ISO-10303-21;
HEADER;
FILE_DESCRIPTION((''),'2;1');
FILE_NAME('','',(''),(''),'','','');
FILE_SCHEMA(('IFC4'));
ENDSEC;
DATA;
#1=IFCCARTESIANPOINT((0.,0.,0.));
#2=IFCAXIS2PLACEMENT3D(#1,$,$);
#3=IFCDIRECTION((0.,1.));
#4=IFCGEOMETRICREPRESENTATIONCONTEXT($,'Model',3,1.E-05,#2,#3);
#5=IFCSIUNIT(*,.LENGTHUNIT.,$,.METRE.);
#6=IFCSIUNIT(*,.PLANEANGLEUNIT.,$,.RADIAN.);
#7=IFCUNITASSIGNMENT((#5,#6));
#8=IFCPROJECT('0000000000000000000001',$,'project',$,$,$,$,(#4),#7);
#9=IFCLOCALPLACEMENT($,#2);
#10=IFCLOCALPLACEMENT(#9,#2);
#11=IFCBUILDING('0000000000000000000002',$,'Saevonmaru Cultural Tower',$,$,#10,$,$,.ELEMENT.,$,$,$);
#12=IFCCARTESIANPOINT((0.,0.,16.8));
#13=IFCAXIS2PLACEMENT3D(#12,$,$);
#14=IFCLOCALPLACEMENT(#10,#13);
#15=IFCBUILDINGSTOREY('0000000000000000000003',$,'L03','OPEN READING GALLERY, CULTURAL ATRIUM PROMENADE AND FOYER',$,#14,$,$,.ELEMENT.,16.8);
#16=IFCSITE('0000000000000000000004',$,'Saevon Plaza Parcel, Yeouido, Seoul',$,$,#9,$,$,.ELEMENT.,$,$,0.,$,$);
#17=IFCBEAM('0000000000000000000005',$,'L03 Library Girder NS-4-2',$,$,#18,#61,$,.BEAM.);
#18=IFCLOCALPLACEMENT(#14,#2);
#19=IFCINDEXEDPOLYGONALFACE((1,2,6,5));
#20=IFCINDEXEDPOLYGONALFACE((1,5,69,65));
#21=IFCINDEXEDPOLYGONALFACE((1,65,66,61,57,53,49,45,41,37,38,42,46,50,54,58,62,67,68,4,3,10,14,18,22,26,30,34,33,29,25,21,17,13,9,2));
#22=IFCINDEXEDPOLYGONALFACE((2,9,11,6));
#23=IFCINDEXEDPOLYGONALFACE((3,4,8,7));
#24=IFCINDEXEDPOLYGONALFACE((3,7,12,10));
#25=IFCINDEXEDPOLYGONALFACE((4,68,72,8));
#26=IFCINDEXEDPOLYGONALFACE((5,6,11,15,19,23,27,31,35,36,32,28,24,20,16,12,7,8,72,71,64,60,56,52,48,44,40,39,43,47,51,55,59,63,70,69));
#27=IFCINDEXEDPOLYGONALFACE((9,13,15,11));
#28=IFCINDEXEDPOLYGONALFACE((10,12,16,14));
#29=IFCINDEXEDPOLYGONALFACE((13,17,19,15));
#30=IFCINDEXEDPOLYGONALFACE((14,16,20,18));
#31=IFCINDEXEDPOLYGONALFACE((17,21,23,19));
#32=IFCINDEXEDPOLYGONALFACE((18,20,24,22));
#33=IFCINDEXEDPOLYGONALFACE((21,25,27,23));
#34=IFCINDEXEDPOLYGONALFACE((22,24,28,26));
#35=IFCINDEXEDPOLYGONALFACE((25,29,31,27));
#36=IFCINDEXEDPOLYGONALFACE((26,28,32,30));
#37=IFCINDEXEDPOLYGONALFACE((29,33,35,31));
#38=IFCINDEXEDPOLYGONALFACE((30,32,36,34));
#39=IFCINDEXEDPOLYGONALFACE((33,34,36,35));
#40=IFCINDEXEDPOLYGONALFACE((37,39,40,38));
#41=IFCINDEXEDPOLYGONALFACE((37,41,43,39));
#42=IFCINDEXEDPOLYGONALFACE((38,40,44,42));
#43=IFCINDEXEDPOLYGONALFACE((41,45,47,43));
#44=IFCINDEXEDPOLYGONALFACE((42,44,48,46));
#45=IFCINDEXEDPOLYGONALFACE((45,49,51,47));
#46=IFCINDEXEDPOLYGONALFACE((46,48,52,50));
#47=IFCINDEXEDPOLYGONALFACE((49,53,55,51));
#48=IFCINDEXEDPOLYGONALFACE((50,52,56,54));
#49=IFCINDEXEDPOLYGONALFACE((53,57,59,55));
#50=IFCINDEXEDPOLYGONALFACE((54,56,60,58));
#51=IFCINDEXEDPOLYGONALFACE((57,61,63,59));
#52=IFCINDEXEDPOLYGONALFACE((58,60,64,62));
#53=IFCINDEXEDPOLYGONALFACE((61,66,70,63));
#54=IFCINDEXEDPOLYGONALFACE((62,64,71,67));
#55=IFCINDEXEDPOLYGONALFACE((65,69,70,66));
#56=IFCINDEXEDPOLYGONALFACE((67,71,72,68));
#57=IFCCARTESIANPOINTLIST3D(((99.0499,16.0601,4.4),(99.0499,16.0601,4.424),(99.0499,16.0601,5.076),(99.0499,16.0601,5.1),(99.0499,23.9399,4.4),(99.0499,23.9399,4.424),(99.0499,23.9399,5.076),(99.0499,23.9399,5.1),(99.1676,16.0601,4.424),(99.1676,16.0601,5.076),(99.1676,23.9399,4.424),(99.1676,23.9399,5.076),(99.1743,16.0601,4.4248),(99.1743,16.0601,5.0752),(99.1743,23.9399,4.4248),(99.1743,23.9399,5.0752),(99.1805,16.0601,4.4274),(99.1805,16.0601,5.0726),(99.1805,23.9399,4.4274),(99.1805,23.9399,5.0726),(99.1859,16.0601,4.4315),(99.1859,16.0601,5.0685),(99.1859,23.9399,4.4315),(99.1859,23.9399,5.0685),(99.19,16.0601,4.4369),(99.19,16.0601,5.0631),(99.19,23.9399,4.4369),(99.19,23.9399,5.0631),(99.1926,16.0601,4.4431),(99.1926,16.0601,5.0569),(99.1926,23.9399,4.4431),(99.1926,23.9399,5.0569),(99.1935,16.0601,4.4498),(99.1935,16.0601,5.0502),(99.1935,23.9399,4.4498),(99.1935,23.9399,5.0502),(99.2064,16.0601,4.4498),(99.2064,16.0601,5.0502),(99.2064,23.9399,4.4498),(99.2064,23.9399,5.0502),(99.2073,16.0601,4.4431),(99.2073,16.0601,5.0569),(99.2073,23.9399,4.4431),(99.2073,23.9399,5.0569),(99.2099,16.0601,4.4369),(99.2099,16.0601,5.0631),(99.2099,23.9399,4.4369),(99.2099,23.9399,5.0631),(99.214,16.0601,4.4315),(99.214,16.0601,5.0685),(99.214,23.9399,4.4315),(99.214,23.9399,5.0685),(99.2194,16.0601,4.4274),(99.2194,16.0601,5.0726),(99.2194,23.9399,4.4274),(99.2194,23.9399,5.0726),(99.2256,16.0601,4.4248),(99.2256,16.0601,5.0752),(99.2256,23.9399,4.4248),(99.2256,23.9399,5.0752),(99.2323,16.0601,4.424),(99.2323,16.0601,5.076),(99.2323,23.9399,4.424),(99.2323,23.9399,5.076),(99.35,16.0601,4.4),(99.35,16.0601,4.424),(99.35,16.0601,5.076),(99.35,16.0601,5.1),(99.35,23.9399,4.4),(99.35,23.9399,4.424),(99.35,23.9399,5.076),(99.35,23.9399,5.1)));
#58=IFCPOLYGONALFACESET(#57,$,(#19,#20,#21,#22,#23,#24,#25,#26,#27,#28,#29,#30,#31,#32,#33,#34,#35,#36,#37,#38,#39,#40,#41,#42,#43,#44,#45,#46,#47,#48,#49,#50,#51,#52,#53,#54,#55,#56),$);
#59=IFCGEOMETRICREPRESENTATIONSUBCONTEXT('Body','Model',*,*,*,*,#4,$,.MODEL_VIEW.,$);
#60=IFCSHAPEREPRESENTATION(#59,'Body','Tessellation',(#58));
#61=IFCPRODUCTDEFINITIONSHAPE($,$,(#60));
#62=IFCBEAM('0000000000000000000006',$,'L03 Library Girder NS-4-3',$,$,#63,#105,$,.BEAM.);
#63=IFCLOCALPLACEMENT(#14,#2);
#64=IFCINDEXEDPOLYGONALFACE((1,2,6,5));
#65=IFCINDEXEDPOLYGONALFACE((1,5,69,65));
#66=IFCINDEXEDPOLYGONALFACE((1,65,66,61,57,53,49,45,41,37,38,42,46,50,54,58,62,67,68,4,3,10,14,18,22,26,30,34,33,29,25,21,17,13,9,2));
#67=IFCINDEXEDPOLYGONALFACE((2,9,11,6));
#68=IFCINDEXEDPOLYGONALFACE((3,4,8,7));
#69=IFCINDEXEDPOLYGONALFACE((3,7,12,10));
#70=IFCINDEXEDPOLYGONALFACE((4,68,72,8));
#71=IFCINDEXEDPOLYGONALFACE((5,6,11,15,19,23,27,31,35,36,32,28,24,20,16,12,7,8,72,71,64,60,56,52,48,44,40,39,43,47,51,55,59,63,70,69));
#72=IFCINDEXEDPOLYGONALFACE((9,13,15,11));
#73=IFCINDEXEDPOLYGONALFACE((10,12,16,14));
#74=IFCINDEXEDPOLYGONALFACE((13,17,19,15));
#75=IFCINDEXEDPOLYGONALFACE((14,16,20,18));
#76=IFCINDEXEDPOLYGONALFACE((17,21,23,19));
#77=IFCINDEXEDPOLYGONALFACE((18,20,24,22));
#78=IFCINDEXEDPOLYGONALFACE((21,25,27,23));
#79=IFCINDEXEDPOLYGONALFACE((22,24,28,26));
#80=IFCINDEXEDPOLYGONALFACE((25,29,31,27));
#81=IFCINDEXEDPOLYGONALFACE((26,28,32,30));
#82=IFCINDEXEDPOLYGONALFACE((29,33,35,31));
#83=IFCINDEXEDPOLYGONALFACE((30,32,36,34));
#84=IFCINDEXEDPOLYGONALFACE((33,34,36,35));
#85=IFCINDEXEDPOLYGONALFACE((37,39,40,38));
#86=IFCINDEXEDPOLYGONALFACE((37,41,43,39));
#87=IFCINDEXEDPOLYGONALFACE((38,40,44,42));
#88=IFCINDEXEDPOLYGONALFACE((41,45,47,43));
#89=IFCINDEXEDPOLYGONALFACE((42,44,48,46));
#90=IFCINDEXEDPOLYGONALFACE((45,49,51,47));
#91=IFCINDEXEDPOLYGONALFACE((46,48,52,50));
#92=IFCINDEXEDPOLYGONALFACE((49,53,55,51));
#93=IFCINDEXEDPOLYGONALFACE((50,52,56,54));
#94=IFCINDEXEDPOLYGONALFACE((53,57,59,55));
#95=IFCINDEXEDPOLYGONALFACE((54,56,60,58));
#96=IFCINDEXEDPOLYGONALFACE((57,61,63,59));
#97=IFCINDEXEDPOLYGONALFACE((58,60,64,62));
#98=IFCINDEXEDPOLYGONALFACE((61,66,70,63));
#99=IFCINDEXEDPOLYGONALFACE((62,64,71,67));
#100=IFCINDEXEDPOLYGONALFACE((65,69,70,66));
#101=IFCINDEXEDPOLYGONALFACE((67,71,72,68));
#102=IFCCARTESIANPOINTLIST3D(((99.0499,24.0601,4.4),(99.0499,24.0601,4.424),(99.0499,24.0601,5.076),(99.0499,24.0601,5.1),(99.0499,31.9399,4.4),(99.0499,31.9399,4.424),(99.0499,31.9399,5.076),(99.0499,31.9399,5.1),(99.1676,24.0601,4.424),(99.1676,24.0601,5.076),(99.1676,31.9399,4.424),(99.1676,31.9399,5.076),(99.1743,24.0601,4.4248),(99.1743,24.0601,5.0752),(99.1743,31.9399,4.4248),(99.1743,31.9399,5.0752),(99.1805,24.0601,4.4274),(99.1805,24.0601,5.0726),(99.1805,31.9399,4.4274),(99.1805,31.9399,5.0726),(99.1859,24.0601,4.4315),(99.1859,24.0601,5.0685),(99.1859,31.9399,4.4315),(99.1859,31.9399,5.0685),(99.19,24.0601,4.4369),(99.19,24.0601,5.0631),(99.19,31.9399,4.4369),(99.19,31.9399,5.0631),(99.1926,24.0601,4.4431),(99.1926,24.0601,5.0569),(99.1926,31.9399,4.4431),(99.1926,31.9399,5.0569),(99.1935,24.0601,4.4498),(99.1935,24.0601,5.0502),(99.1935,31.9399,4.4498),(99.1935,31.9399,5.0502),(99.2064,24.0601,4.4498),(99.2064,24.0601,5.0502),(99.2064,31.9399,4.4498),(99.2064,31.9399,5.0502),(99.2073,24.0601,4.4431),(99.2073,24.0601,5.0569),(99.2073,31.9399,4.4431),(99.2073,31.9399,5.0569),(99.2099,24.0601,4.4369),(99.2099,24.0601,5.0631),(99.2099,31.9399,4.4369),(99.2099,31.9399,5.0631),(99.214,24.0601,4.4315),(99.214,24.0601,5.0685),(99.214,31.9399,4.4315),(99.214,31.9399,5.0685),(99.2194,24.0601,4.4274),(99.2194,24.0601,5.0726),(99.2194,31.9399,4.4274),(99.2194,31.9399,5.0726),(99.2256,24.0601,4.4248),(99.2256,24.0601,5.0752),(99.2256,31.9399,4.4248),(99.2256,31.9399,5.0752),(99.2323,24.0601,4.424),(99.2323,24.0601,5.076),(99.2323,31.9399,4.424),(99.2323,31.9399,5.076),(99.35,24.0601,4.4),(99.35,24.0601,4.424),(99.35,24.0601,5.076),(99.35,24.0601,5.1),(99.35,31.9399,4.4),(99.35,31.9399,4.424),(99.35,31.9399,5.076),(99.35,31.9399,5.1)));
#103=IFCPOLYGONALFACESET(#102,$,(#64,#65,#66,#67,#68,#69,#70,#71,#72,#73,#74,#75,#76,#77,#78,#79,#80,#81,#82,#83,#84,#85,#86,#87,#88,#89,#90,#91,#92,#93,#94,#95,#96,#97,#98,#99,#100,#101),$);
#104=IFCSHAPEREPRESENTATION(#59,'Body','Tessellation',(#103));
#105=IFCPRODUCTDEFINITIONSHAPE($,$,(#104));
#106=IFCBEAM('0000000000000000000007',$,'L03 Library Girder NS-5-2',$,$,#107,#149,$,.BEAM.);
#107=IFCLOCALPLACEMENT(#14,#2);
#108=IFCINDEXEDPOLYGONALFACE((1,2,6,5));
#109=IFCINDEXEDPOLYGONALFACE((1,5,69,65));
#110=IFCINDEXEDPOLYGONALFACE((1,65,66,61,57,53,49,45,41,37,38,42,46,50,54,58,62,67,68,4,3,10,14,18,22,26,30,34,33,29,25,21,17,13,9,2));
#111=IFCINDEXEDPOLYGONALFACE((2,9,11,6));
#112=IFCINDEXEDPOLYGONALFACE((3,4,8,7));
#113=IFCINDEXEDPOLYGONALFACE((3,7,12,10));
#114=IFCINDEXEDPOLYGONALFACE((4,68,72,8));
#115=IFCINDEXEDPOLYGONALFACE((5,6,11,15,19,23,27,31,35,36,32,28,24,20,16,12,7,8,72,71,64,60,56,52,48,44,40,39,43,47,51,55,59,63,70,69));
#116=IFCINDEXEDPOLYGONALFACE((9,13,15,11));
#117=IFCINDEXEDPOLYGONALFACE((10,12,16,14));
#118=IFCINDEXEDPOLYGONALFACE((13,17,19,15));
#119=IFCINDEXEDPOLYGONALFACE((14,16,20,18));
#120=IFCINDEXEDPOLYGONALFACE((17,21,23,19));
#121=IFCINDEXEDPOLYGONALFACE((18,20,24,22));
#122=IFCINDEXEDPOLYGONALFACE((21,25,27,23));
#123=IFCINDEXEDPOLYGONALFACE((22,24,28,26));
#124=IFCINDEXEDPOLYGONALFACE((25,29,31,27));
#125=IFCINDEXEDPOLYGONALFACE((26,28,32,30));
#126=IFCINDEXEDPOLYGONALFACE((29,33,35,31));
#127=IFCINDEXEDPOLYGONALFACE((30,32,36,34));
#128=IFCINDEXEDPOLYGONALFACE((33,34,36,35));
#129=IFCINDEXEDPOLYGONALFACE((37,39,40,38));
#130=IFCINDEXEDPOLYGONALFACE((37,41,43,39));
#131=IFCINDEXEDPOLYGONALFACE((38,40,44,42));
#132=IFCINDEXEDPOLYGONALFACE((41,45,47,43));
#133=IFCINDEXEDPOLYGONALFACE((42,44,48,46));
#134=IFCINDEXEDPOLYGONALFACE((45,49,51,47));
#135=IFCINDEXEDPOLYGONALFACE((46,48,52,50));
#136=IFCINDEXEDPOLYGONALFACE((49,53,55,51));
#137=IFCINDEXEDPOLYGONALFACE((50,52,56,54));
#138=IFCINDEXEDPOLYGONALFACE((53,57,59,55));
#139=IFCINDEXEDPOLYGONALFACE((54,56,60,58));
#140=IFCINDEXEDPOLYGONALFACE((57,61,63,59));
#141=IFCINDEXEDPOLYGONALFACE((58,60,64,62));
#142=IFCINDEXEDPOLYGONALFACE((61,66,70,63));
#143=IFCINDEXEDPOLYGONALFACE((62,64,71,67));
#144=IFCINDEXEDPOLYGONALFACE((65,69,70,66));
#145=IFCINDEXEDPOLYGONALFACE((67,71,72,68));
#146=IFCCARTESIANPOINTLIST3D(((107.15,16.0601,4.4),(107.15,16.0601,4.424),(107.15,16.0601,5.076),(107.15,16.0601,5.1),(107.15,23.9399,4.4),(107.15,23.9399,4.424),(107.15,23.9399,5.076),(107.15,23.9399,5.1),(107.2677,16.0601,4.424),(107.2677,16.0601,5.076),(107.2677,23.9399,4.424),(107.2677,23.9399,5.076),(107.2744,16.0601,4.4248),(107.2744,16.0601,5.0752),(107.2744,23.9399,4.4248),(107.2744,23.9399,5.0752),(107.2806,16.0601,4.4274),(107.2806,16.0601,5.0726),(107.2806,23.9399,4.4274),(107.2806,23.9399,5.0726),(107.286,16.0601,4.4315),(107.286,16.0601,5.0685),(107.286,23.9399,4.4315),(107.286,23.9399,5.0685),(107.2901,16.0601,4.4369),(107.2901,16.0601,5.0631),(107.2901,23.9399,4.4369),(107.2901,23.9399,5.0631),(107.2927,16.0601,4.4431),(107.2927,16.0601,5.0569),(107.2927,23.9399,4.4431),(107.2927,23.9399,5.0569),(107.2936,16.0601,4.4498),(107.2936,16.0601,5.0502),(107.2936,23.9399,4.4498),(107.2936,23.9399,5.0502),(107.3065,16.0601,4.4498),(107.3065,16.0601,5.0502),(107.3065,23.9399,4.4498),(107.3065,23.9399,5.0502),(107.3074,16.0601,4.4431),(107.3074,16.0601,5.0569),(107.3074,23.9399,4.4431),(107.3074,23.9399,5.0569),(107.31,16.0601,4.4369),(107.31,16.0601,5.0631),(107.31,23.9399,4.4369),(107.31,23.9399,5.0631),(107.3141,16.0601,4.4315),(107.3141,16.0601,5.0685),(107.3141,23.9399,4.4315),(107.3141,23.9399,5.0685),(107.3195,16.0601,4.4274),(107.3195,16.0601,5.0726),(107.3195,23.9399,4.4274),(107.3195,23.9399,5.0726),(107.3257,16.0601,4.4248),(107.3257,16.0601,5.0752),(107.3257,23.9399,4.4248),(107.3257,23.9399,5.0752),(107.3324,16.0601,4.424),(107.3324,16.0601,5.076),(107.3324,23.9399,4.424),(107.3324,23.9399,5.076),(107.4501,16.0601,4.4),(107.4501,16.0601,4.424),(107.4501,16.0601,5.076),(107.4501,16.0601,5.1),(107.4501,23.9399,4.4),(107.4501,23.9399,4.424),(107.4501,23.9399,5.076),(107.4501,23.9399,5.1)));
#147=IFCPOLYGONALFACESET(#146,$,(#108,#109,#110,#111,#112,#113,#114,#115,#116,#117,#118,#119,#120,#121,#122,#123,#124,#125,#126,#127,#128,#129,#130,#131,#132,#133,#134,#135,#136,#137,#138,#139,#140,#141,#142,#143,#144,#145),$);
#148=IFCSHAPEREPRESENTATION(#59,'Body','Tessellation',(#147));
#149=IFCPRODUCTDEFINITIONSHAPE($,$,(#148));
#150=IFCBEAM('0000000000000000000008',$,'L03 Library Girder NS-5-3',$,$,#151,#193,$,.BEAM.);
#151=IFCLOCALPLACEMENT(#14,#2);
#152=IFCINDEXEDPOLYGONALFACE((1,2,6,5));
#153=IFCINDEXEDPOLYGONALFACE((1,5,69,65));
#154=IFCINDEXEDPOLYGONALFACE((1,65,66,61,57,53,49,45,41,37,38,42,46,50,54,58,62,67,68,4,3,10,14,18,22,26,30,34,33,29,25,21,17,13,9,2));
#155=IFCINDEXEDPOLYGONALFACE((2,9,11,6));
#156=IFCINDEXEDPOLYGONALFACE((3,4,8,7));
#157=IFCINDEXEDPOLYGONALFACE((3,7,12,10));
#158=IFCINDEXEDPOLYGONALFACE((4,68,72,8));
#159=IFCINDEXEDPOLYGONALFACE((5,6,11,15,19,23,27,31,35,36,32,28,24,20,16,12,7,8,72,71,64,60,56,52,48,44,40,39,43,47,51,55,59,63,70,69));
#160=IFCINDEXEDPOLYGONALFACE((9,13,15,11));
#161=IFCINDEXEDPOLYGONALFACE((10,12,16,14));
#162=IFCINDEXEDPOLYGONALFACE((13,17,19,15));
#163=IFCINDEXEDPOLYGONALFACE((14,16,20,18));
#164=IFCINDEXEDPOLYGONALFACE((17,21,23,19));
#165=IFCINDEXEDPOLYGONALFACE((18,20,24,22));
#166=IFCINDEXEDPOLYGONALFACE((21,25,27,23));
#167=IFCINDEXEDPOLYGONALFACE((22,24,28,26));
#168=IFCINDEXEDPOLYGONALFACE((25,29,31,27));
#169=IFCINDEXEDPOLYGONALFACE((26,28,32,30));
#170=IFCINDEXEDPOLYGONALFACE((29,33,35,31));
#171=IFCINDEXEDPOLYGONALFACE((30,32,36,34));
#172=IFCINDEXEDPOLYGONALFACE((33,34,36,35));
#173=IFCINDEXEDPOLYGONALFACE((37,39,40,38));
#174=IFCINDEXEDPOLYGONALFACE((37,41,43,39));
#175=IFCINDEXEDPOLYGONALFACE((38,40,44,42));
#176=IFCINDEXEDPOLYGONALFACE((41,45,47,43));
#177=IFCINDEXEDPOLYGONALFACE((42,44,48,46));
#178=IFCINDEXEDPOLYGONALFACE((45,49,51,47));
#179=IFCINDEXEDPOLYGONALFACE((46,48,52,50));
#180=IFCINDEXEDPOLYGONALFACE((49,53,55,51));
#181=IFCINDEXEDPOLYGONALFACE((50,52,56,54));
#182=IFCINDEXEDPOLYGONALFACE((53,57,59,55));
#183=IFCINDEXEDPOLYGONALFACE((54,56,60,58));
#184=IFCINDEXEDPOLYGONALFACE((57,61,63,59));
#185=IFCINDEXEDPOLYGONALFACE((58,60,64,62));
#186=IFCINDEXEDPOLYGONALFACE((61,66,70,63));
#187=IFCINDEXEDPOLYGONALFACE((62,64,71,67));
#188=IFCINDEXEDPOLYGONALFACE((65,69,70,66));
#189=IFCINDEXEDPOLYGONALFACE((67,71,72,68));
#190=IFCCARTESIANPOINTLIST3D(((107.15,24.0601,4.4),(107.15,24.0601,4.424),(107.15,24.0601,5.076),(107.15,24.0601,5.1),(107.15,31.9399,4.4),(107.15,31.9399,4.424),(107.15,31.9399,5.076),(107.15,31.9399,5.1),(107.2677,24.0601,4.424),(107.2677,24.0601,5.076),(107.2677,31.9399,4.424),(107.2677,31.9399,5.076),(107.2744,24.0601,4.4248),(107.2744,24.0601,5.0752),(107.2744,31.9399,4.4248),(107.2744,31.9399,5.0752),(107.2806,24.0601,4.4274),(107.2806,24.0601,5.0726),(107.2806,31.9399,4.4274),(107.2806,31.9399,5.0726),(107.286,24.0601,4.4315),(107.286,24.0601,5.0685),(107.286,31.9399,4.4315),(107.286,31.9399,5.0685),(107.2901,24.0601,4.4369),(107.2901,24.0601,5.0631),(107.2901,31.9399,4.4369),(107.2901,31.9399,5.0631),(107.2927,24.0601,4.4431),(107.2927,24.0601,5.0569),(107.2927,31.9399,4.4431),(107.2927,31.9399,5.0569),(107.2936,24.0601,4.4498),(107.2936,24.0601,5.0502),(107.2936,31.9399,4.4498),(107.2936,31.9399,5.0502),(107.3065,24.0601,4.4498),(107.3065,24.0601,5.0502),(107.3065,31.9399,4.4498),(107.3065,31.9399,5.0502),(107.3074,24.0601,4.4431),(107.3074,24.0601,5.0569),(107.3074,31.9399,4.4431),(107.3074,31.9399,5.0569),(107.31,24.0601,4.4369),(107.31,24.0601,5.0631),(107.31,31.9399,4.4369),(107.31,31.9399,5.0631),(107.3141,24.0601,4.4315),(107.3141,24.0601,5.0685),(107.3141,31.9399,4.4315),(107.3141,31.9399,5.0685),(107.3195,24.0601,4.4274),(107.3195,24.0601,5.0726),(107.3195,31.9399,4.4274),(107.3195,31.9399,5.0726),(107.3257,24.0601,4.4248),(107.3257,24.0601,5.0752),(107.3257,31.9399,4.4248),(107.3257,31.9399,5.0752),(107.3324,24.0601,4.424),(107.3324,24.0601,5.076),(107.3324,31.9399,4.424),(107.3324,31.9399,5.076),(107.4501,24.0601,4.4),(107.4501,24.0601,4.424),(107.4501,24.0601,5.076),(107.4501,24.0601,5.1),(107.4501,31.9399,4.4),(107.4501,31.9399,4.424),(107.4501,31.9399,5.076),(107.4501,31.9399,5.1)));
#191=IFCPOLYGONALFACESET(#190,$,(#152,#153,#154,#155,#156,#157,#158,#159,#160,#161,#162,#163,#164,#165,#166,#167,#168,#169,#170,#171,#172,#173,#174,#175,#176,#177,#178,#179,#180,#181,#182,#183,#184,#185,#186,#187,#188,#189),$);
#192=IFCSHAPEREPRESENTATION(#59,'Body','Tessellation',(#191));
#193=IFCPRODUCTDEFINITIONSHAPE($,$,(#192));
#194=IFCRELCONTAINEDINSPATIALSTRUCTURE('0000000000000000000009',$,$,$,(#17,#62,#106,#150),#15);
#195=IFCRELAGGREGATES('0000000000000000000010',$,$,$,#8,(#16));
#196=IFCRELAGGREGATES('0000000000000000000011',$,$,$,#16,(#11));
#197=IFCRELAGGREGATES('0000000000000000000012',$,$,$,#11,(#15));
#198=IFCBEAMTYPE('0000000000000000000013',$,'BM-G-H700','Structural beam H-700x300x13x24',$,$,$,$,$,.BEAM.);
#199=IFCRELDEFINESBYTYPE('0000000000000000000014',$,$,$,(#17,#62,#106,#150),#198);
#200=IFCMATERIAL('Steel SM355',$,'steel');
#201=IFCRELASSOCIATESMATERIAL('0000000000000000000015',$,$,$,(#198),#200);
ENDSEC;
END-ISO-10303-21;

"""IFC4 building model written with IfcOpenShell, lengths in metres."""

from ifc_helpers import new_model, si_unit, direction, frame, origin, origin_2d, place, context, subcontext, project, spatial, i_section, extrude, material, material_profile, profile_set, type_object, element, save


model = new_model("IFC4")

# Units and contexts
model_context = context("Model", 3, precision=1e-05, world=origin(), true_north=direction((0.0, 1.0)))
body_context = subcontext(model_context, "Body", "Model", "MODEL_VIEW")
ifc_project = project(units=[si_unit("LENGTHUNIT", "METRE"), si_unit("PLANEANGLEUNIT", "RADIAN")], contexts=[model_context])

# Site, building, storey
site_placement = place(None, origin())
site = spatial("IfcSite", under=ifc_project, at=site_placement, Name="Saevon Plaza Parcel, Yeouido, Seoul", CompositionType="ELEMENT", RefElevation=0.0)
building_placement = place(site_placement, origin())
building = spatial("IfcBuilding", under=site, at=building_placement, Name="Saevonmaru Cultural Tower", CompositionType="ELEMENT")
storey_placement = place(building_placement, frame((0.0, 0.0, 16.8)))
storey = spatial("IfcBuildingStorey", under=building, at=storey_placement, Name="L03", Description="OPEN READING GALLERY, CULTURAL ATRIUM PROMENADE AND FOYER", CompositionType="ELEMENT", Elevation=16.8)

# Shared definitions
ifc_material_1 = material(Name="Steel SM355", Category="steel")

# Beams
ifc_material_profile_1 = material_profile(ifc_material_1, i_section(OverallWidth=0.3, OverallDepth=0.7, WebThickness=0.0129, FlangeThickness=0.0239, FilletRadius=0.0259, at=origin_2d()), Name="H-700x300x13x24")
ifc_profile_set_1 = profile_set([ifc_material_profile_1], Name="Steel SM355")
beam_type_1 = type_object("IfcBeamType", Name="BM-G-H700", Description="Structural beam H-700x300x13x24", PredefinedType="BEAM", material=ifc_profile_set_1)
for number, where, z_axis, x_axis, name in (
    (1, (99.2, 16.0601, 4.75), (0.0, 1.0, 0.0), (-1.0, 0.0, 0.0), "L03 Library Girder NS-4-2"),
    (2, (99.2, 24.0601, 4.75), (0.0, 1.0, 0.0), (-1.0, 0.0, 0.0), "L03 Library Girder NS-4-3"),
    (3, (107.3, 16.0601, 4.75), (0.0, 1.0, 0.0), (-1.0, 0.0, 0.0), "L03 Library Girder NS-5-2"),
    (4, (107.3, 24.0601, 4.75), (0.0, 1.0, 0.0), (-1.0, 0.0, 0.0), "L03 Library Girder NS-5-3"),
):
    element("IfcBeam", number, at=place(storey_placement, frame(where, z_axis=z_axis, x_axis=x_axis)), inside=storey, type_object=beam_type_1, Name=name, PredefinedType="BEAM", context=body_context, shape_type="SweptSolid", body=[
        extrude(i_section(OverallWidth=0.3, OverallDepth=0.7, WebThickness=0.0129, FlangeThickness=0.0239, FilletRadius=0.0259, at=origin_2d()), origin(), (0.0, 0.0, 1.0), 7.8799),
    ])

save(model, "model.ifc")
